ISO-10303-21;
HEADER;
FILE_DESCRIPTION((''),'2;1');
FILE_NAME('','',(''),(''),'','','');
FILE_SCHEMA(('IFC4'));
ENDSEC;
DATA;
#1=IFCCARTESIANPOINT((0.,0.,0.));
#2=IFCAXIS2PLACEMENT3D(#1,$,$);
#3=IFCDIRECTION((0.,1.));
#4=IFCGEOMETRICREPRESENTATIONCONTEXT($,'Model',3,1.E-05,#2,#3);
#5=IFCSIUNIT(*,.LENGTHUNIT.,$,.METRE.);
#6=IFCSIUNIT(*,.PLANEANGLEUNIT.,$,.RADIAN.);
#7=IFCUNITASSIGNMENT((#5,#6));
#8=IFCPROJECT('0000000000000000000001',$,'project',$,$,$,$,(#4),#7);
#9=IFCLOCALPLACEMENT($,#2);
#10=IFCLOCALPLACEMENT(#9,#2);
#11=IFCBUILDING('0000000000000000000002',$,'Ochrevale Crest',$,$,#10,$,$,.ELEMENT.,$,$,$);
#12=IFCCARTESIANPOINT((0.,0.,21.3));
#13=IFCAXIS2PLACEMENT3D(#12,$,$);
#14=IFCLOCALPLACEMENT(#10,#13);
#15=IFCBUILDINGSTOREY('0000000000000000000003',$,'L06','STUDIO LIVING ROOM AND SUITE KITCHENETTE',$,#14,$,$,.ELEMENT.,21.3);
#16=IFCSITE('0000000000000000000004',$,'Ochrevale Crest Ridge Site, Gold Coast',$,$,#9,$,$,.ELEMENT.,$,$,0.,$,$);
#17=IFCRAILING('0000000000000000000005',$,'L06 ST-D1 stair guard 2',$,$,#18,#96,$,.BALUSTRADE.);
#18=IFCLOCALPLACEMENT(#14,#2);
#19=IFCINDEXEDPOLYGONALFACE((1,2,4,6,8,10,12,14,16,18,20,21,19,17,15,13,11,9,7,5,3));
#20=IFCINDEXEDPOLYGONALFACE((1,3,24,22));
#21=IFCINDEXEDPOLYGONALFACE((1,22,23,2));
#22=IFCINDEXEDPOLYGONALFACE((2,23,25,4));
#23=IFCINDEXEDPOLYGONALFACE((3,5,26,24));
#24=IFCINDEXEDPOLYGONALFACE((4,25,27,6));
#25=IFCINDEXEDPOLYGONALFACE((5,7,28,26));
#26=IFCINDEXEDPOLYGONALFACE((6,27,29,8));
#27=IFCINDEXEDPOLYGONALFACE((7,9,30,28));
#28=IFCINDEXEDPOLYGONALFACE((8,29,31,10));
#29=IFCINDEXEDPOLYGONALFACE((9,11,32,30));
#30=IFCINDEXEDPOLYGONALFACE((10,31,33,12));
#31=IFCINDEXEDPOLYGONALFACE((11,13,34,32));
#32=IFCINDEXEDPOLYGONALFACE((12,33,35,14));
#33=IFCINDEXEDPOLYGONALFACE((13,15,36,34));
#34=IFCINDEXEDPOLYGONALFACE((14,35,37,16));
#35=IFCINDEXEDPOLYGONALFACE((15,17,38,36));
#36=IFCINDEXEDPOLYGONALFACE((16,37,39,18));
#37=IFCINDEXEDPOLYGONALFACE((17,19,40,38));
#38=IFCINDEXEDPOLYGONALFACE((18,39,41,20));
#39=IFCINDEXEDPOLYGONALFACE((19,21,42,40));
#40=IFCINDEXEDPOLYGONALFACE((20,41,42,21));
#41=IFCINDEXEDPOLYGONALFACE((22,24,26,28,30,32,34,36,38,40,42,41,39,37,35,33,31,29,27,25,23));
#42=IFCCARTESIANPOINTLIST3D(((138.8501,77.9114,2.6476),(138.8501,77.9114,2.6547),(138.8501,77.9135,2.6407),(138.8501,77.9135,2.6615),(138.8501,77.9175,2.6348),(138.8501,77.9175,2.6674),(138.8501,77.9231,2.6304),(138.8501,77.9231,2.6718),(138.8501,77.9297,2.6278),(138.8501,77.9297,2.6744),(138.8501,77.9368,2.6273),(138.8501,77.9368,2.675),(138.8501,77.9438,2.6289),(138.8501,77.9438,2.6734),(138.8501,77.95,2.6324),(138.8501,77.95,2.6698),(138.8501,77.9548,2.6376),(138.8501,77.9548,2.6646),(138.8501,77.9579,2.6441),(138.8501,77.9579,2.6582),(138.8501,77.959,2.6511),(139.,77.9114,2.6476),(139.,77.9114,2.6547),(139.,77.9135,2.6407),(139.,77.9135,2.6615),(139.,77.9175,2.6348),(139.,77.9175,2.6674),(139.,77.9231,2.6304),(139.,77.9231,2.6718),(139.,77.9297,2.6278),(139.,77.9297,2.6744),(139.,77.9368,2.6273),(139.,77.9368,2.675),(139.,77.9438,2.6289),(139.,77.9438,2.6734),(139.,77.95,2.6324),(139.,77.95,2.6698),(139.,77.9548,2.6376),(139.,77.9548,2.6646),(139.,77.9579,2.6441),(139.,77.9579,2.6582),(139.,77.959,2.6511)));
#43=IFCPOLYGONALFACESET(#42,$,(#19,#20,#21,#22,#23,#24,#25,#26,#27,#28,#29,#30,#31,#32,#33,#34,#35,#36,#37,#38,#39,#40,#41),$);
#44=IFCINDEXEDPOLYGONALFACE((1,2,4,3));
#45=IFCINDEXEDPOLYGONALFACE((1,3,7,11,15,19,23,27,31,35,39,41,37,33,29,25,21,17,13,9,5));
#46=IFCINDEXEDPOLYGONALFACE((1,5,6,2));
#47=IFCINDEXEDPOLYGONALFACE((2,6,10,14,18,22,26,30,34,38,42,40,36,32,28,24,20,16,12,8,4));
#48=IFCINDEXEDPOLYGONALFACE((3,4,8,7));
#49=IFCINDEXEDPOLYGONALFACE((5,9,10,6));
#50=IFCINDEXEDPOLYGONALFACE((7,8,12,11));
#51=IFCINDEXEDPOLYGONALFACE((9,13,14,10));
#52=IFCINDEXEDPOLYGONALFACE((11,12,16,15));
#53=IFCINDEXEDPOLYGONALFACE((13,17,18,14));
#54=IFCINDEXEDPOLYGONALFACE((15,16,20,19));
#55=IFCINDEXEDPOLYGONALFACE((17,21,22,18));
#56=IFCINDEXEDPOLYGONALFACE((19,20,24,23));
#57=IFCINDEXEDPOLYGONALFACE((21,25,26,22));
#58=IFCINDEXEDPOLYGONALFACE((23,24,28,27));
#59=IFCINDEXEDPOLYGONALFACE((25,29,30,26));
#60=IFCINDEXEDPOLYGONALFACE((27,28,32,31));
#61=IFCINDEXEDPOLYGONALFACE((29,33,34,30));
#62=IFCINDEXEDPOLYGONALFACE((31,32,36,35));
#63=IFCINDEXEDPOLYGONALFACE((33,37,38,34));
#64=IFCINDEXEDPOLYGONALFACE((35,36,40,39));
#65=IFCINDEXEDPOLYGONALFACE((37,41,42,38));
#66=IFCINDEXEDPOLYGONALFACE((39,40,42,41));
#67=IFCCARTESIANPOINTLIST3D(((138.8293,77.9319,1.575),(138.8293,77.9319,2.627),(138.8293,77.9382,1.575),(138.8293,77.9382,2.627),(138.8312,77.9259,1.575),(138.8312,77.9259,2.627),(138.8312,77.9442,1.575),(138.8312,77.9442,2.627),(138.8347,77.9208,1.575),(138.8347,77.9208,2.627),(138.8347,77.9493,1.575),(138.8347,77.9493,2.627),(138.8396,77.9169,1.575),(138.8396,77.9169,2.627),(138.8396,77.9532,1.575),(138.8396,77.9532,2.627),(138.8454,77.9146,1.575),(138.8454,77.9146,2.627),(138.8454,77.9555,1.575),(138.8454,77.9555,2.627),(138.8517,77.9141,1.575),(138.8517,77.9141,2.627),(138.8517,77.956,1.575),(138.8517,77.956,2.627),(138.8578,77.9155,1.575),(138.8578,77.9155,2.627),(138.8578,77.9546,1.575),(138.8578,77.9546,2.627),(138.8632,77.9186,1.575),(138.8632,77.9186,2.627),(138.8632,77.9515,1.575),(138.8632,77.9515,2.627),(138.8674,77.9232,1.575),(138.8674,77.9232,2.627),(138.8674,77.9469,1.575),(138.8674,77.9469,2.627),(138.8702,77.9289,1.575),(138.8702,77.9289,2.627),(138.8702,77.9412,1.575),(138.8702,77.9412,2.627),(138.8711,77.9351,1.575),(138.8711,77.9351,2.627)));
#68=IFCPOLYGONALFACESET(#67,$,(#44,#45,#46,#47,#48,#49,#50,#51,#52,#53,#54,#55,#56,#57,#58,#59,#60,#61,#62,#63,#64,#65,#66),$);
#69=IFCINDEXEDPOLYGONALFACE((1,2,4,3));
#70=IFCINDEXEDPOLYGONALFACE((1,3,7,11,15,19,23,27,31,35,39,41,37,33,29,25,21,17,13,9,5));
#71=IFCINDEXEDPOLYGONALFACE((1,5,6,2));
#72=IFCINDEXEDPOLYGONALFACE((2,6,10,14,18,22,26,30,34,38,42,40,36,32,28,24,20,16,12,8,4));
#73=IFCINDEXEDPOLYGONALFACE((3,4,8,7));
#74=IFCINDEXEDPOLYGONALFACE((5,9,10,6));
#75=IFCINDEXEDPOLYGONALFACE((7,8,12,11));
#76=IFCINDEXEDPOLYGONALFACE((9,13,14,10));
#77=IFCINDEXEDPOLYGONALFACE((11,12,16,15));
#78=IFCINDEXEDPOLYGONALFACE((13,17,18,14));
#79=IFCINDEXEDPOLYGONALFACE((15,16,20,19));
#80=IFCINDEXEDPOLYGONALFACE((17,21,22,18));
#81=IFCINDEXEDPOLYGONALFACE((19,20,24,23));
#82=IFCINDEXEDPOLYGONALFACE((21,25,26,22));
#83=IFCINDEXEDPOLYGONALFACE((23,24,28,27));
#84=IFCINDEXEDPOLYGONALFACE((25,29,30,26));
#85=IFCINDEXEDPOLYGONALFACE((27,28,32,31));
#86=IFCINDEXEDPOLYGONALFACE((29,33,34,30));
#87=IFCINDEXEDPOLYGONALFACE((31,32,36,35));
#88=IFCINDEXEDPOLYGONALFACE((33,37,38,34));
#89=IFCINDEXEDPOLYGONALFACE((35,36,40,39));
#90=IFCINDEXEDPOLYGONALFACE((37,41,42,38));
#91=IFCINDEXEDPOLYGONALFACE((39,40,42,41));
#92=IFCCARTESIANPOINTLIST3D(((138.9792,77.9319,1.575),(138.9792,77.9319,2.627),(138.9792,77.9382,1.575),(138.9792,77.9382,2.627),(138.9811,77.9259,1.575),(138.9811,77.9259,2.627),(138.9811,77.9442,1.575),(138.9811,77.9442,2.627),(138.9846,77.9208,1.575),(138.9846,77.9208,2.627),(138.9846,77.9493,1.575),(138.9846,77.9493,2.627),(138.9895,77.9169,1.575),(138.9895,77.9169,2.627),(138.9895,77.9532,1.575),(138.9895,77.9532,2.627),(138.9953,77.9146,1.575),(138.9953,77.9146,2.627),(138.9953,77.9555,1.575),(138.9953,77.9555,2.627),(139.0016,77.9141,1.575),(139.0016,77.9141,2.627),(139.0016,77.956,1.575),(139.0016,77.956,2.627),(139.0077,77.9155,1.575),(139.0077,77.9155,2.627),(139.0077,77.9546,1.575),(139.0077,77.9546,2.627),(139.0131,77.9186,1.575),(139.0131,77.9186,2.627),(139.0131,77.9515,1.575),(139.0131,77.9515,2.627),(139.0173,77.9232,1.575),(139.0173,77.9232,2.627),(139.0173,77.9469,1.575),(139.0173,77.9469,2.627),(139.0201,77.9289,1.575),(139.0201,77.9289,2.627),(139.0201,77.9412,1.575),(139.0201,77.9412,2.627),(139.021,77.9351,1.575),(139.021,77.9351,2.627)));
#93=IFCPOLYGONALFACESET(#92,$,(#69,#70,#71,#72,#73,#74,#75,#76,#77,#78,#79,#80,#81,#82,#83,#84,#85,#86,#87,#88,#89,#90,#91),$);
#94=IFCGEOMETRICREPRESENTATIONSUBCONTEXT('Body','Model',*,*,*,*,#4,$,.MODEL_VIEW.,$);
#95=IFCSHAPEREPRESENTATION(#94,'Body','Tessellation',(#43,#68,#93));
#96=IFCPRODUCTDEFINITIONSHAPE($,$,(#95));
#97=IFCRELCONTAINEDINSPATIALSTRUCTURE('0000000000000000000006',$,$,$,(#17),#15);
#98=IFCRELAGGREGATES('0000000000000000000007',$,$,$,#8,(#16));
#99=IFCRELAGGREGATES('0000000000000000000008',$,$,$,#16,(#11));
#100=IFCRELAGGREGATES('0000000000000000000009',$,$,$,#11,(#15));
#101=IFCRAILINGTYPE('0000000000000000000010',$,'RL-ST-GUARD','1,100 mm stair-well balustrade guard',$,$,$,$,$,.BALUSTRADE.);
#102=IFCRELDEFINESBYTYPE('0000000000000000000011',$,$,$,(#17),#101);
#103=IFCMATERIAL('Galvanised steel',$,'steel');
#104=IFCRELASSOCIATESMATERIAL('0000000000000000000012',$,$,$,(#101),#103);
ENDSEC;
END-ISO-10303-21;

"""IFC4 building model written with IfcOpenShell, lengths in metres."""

from ifc_helpers import new_model, si_unit, direction, frame, origin, origin_2d, place, context, subcontext, project, spatial, circle, extrude, material, type_object, element, save


model = new_model("IFC4")

# Units and contexts
model_context = context("Model", 3, precision=1e-05, world=origin(), true_north=direction((0.0, 1.0)))
body_context = subcontext(model_context, "Body", "Model", "MODEL_VIEW")
ifc_project = project(units=[si_unit("LENGTHUNIT", "METRE"), si_unit("PLANEANGLEUNIT", "RADIAN")], contexts=[model_context])

# Site, building, storey
site_placement = place(None, origin())
site = spatial("IfcSite", under=ifc_project, at=site_placement, Name="Ochrevale Crest Ridge Site, Gold Coast", CompositionType="ELEMENT", RefElevation=0.0)
building_placement = place(site_placement, origin())
building = spatial("IfcBuilding", under=site, at=building_placement, Name="Ochrevale Crest", CompositionType="ELEMENT")
storey_placement = place(building_placement, frame((0.0, 0.0, 21.3)))
storey = spatial("IfcBuildingStorey", under=building, at=storey_placement, Name="L06", Description="STUDIO LIVING ROOM AND SUITE KITCHENETTE", CompositionType="ELEMENT", Elevation=21.3)

# Railing
ifc_material_1 = material(Name="Galvanised steel", Category="steel")
railing_type_1 = type_object("IfcRailingType", Name="RL-ST-GUARD", Description="1,100 mm stair-well balustrade guard", PredefinedType="BALUSTRADE", material=ifc_material_1)
railing_1_placement = place(storey_placement, frame((138.8501, 77.9351, 1.575)))
element("IfcRailing", 1, at=railing_1_placement, inside=storey, type_object=railing_type_1, Name="L06 ST-D1 stair guard 2", PredefinedType="BALUSTRADE", context=body_context, shape_type="SweptSolid", body=[
    extrude(circle(Radius=0.0239, at=origin_2d()), frame((0.0, 0.0, 1.0762), z_axis=(1.0, 0.0, 0.0), x_axis=(0.0, 1.0, 0.0)), (0.0, 0.0, 1.0), 0.1499),
    extrude(circle(Radius=0.021, at=origin_2d()), origin(), (0.0, 0.0, 1.0), 1.052),
    extrude(circle(Radius=0.021, at=origin_2d()), frame((0.1499, 0.0, 0.0)), (0.0, 0.0, 1.0), 1.052),
])

save(model, "model.ifc")
